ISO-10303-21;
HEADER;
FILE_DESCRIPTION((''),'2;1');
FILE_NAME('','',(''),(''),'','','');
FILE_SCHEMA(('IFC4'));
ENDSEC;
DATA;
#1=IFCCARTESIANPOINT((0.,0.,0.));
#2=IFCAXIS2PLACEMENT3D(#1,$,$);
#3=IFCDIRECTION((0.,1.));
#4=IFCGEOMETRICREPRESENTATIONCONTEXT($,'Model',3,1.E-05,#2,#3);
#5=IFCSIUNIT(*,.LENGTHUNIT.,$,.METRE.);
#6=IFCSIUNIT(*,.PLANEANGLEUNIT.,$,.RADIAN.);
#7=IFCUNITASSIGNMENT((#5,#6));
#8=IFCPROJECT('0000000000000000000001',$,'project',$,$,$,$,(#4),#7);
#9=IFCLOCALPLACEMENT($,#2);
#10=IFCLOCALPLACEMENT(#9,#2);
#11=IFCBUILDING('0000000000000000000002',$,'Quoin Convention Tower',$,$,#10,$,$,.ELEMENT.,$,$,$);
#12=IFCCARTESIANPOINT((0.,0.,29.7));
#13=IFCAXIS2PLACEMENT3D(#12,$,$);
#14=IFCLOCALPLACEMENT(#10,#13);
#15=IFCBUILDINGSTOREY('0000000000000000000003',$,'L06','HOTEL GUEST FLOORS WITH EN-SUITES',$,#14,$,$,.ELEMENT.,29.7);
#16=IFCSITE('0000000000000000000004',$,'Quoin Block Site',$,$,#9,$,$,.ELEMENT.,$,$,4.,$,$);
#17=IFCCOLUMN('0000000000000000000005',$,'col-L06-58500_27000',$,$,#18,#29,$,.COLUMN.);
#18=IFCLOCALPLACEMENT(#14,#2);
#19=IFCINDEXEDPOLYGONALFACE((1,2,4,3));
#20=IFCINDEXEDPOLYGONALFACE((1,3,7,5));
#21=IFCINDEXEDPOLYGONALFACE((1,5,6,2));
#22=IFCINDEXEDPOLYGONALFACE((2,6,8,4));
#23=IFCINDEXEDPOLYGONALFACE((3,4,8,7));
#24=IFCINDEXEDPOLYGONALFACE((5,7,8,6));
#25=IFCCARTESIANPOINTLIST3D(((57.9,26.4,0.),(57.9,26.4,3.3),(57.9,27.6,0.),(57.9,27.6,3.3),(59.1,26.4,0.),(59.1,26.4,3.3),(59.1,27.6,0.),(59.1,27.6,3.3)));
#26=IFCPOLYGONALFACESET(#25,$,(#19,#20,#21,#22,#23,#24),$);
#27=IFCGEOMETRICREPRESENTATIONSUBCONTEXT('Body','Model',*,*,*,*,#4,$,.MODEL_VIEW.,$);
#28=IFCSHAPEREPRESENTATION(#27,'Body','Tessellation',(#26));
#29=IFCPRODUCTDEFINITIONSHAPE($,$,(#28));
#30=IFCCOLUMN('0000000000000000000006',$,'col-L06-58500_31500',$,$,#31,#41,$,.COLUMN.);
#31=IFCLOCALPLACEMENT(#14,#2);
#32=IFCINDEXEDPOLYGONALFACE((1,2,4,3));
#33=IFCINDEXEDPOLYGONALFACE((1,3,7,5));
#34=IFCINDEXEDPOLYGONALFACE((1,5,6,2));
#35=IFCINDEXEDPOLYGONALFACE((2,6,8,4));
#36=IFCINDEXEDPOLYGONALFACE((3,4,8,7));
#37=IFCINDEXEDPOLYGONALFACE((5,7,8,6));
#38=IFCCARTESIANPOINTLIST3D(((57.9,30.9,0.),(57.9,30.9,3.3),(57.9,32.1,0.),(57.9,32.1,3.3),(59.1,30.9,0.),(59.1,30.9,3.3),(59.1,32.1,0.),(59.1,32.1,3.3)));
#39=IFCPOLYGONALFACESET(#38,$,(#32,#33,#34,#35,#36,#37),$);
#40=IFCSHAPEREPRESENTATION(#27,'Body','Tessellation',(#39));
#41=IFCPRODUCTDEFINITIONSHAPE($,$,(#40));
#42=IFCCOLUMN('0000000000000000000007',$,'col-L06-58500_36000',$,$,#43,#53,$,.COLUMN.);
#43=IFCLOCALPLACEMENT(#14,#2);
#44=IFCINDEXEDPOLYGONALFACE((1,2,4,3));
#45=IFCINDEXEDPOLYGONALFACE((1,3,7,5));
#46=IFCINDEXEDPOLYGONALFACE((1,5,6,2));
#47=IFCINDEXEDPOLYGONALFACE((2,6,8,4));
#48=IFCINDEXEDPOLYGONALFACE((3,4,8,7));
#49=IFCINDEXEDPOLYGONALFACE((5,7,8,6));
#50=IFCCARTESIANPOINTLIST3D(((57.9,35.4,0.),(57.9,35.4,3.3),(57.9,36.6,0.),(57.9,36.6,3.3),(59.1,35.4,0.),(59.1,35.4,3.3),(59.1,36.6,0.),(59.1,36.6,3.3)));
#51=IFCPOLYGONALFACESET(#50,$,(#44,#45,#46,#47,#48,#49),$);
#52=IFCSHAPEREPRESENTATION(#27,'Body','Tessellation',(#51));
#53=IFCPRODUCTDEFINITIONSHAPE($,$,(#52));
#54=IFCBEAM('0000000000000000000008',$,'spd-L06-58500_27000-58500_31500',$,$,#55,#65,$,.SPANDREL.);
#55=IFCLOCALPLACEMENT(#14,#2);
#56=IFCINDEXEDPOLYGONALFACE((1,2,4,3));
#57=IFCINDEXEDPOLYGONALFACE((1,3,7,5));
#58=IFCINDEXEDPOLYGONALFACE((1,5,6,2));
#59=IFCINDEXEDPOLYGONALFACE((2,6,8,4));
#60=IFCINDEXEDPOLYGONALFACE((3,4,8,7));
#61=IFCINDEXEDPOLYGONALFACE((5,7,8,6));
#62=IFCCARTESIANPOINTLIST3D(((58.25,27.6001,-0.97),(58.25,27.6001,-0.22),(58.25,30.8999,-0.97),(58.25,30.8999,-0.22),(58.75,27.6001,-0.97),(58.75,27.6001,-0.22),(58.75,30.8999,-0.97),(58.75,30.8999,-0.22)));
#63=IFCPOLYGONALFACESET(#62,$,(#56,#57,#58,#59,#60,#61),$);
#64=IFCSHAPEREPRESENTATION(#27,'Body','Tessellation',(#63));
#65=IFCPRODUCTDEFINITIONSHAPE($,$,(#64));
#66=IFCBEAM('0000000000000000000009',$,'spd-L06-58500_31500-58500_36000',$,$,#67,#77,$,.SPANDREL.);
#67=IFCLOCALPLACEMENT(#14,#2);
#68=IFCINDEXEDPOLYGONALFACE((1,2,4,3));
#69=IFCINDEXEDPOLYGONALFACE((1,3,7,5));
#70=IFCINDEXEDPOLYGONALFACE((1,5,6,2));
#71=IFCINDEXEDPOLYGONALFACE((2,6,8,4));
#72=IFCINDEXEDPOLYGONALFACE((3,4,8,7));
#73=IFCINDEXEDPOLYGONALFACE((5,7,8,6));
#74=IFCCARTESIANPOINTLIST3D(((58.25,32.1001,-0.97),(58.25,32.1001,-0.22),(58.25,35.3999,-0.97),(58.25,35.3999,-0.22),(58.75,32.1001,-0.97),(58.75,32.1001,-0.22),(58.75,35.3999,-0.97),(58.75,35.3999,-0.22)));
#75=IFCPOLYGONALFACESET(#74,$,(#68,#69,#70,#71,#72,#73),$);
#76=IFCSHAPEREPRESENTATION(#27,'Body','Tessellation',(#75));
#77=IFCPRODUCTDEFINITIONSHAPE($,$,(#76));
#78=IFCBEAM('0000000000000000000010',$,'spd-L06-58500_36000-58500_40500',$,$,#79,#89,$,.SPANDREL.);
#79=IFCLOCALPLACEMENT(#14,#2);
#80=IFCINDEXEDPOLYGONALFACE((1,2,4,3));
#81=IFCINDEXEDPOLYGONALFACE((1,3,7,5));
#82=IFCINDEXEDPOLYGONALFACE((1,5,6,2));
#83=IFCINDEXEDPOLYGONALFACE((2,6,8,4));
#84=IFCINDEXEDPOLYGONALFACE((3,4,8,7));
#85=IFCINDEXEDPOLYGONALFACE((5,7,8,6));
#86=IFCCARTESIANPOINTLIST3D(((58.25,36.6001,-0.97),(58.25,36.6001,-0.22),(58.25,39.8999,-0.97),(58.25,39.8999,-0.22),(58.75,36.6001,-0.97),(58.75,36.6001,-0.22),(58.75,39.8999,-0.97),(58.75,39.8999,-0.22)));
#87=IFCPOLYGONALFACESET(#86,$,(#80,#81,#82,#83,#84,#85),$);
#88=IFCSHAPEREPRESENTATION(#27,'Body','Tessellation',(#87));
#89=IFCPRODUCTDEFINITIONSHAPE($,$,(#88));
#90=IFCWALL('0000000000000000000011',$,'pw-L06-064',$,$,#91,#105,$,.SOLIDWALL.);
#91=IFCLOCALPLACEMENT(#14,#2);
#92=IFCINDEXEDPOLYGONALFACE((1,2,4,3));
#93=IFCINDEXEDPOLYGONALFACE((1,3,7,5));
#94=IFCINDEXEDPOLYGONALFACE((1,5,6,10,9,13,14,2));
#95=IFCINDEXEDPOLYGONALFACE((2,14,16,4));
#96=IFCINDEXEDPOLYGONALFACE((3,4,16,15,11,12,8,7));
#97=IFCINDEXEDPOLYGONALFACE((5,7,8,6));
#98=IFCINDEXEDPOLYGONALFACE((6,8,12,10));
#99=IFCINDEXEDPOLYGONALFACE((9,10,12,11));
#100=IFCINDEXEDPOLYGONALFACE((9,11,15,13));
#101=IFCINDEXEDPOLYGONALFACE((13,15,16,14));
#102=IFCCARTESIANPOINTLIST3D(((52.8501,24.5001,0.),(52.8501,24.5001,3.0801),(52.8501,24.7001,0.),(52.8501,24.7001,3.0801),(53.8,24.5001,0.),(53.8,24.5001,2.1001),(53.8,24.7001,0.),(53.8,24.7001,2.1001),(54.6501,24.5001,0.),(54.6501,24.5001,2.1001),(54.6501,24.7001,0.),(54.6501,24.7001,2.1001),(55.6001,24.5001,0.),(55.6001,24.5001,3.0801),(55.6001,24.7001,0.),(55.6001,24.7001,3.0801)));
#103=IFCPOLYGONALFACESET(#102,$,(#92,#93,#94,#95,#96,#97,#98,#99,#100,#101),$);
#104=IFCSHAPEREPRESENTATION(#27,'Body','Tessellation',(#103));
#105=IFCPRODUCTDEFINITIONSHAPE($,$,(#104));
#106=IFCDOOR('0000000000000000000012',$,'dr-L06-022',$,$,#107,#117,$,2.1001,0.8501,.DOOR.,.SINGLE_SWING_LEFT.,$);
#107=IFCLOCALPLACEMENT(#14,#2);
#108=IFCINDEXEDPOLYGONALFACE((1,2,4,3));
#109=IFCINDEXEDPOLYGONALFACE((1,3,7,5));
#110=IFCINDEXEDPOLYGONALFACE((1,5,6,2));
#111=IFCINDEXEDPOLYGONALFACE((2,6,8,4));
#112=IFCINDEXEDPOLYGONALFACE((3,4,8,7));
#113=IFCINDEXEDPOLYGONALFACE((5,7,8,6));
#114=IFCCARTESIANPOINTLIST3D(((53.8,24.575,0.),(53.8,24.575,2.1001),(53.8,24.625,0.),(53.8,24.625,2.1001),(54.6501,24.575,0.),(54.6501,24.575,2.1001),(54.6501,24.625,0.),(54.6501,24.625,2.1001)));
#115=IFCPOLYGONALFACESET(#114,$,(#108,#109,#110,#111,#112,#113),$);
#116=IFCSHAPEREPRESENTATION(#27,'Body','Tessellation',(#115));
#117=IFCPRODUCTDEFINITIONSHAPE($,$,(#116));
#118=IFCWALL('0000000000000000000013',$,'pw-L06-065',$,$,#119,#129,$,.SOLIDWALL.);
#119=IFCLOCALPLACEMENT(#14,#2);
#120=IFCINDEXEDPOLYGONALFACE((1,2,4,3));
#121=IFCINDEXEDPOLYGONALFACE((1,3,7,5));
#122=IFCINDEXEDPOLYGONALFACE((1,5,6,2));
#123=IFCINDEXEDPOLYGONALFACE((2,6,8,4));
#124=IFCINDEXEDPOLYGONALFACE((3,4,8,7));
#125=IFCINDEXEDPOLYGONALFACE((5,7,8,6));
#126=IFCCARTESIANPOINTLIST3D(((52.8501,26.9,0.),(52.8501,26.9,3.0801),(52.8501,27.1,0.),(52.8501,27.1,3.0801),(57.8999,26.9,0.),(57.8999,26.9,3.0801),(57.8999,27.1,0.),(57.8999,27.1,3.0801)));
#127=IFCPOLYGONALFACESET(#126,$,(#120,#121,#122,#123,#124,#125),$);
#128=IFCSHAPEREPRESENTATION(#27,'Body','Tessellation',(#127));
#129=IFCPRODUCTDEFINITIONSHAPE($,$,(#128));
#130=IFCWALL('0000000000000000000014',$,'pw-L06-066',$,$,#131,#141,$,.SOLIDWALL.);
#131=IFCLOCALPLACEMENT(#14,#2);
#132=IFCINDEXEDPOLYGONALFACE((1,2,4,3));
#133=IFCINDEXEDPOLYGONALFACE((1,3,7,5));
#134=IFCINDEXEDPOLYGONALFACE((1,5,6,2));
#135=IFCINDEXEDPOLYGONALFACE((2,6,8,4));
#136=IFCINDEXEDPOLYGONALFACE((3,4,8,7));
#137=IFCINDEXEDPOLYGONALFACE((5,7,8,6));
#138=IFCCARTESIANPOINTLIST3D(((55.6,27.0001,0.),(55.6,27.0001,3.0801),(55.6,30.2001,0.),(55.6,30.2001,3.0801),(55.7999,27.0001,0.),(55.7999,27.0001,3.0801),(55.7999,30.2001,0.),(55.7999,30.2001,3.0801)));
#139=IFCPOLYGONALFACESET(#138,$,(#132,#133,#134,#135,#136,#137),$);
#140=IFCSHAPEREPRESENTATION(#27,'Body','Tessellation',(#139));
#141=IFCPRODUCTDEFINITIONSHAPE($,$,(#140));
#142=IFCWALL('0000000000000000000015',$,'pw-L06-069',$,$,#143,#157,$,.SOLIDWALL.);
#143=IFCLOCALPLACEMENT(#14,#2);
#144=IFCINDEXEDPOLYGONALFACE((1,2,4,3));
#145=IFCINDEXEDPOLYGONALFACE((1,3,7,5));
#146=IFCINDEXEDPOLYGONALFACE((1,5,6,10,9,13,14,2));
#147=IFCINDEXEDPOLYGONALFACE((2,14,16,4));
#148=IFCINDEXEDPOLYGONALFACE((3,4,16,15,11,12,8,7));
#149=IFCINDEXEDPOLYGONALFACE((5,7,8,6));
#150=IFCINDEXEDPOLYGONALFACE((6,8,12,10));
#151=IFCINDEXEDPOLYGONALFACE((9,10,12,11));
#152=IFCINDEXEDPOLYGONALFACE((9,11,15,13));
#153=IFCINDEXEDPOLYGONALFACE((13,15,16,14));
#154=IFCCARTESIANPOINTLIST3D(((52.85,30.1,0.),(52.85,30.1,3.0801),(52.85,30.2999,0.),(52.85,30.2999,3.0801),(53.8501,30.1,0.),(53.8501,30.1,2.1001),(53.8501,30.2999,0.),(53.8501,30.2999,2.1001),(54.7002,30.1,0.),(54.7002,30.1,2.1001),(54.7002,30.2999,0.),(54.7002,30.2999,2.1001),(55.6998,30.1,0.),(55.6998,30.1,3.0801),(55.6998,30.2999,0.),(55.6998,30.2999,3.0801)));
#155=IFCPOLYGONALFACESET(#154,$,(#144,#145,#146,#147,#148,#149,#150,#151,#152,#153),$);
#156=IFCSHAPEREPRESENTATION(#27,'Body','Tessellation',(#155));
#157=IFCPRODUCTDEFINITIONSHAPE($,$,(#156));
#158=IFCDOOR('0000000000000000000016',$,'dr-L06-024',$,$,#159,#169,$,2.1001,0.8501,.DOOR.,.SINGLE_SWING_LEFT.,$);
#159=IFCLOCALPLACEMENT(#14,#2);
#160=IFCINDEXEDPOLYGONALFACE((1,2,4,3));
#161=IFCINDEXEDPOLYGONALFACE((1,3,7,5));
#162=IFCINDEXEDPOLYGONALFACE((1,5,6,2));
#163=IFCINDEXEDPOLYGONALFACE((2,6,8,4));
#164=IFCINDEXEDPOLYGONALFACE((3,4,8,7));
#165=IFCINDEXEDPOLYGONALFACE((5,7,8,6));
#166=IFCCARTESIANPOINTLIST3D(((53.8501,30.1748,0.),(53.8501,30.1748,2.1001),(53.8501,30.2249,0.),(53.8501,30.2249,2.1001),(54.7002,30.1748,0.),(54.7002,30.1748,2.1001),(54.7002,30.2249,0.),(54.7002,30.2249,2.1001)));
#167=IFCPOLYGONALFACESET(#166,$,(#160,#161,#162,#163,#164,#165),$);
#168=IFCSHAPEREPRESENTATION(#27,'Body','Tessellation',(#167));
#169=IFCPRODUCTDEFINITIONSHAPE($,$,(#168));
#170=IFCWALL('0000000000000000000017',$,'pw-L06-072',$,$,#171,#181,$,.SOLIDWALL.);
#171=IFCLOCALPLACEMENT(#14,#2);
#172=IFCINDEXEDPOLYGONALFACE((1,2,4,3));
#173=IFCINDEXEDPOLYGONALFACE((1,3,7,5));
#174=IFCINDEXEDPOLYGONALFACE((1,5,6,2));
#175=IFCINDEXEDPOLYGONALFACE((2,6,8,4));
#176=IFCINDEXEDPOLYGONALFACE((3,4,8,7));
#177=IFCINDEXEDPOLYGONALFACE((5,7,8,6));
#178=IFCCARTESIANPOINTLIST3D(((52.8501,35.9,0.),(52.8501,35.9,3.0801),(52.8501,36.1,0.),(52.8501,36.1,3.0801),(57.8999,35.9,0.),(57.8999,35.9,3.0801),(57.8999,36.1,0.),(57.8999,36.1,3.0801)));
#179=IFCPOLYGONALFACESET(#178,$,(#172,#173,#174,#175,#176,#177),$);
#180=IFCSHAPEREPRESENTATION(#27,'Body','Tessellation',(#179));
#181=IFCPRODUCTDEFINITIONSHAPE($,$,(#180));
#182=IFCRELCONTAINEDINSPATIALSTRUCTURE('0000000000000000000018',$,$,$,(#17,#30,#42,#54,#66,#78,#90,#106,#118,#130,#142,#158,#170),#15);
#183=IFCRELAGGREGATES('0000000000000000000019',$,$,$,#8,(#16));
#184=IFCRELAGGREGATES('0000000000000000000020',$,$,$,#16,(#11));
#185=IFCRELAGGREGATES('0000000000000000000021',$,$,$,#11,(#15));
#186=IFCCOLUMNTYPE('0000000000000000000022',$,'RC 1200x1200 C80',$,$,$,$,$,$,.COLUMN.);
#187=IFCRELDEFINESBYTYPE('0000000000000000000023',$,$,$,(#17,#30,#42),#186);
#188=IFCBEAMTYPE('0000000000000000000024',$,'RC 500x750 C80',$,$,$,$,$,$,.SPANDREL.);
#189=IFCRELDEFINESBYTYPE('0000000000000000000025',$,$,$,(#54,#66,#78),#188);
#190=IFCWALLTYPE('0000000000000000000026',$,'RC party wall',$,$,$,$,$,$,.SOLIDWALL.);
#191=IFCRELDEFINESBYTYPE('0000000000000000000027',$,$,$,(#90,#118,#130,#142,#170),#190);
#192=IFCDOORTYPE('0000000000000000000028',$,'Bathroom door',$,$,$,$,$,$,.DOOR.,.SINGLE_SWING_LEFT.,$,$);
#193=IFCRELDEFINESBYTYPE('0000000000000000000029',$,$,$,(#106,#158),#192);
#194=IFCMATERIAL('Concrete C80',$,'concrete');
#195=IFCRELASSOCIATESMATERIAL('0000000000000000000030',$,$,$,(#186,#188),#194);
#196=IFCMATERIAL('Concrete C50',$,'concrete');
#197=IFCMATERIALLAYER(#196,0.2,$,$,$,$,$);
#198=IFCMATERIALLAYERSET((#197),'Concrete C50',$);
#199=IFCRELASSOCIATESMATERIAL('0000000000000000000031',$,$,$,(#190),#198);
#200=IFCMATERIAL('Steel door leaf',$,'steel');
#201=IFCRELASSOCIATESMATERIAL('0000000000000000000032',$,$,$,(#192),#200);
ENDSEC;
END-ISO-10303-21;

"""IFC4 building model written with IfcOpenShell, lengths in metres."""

from ifc_helpers import new_model, si_unit, direction, frame, frame_2d, origin, origin_2d, place, context, subcontext, project, spatial, rectangle, extrude, material, layer, layer_set, material_profile, profile_set, type_object, element, fill, save


model = new_model("IFC4")

# Units and contexts
model_context = context("Model", 3, precision=1e-05, world=origin(), true_north=direction((0.0, 1.0)))
body_context = subcontext(model_context, "Body", "Model", "MODEL_VIEW")
ifc_project = project(units=[si_unit("LENGTHUNIT", "METRE"), si_unit("PLANEANGLEUNIT", "RADIAN")], contexts=[model_context])

# Site, building, storey
site_placement = place(None, origin())
site = spatial("IfcSite", under=ifc_project, at=site_placement, Name="Quoin Block Site", CompositionType="ELEMENT", RefElevation=4.0)
building_placement = place(site_placement, origin())
building = spatial("IfcBuilding", under=site, at=building_placement, Name="Quoin Convention Tower", CompositionType="ELEMENT")
storey_placement = place(building_placement, frame((0.0, 0.0, 29.7)))
storey = spatial("IfcBuildingStorey", under=building, at=storey_placement, Name="L06", Description="HOTEL GUEST FLOORS WITH EN-SUITES", CompositionType="ELEMENT", Elevation=29.7)

# Columns
ifc_material_1 = material(Name="Concrete C80", Category="concrete")
ifc_material_profile_1 = material_profile(ifc_material_1, rectangle(XDim=1.2, YDim=1.2, at=origin_2d()), Name="RC 1200x1200")
ifc_profile_set_1 = profile_set([ifc_material_profile_1], Name="Concrete C80")
column_type = type_object("IfcColumnType", Name="RC 1200x1200 C80", PredefinedType="COLUMN", material=ifc_profile_set_1)
for number, where, z_axis, x_axis, name in (
    (1, (58.5, 27.0, 0.0), (0.0, 0.0, 1.0), (1.0, 0.0, 0.0), "col-L06-58500_27000"),
    (2, (58.5, 31.5, 0.0), (0.0, 0.0, 1.0), (1.0, 0.0, 0.0), "col-L06-58500_31500"),
    (3, (58.5, 36.0, 0.0), (0.0, 0.0, 1.0), (1.0, 0.0, 0.0), "col-L06-58500_36000"),
):
    element("IfcColumn", number, at=place(storey_placement, frame(where, z_axis=z_axis, x_axis=x_axis)), inside=storey, type_object=column_type, Name=name, PredefinedType="COLUMN", context=body_context, shape_type="SweptSolid", body=[
        extrude(rectangle(XDim=1.2, YDim=1.2, at=origin_2d()), origin(), (0.0, 0.0, 1.0), 3.3),
    ])

# Beams
ifc_material_profile_2 = material_profile(ifc_material_1, rectangle(XDim=0.5, YDim=0.75, at=origin_2d()), Name="RC 500x750")
ifc_profile_set_2 = profile_set([ifc_material_profile_2], Name="Concrete C80")
beam_type = type_object("IfcBeamType", Name="RC 500x750 C80", PredefinedType="SPANDREL", material=ifc_profile_set_2)
for number, where, z_axis, x_axis, name in (
    (4, (58.5, 27.6001, -0.595), (0.0, 1.0, 0.0), (-1.0, 0.0, 0.0), "spd-L06-58500_27000-58500_31500"),
    (5, (58.5, 32.1001, -0.595), (0.0, 1.0, 0.0), (-1.0, 0.0, 0.0), "spd-L06-58500_31500-58500_36000"),
    (6, (58.5, 36.6001, -0.595), (0.0, 1.0, 0.0), (-1.0, 0.0, 0.0), "spd-L06-58500_36000-58500_40500"),
):
    element("IfcBeam", number, at=place(storey_placement, frame(where, z_axis=z_axis, x_axis=x_axis)), inside=storey, type_object=beam_type, Name=name, PredefinedType="SPANDREL", context=body_context, shape_type="SweptSolid", body=[
        extrude(rectangle(XDim=0.5, YDim=0.75, at=origin_2d()), origin(), (0.0, 0.0, 1.0), 3.2998),
    ])

# Wall, opening, door
ifc_material_2 = material(Name="Concrete C50", Category="concrete")
ifc_layer_1 = layer(ifc_material_2, 0.2)
ifc_layer_set_1 = layer_set([ifc_layer_1], Name="Concrete C50")
wall_type_1 = type_object("IfcWallType", Name="RC party wall", PredefinedType="SOLIDWALL", material=ifc_layer_set_1)
wall_1_placement = place(storey_placement, frame((52.8501, 24.6001, 0.0), z_axis=(0.0, 0.0, 1.0), x_axis=(1.0, 0.0, 0.0)))
wall_1 = element("IfcWall", 7, at=wall_1_placement, inside=storey, type_object=wall_type_1, Name="pw-L06-064", PredefinedType="SOLIDWALL", context=body_context, shape_type="SweptSolid", body=[
    extrude(rectangle(XDim=2.75, YDim=0.2, at=frame_2d((1.375, 0.0))), origin(), (0.0, 0.0, 1.0), 3.0801),
])
opening_1_placement = place(wall_1_placement, frame((0.95, 0.0, 0.0)))
opening_1 = element("IfcOpeningElement", 8, at=opening_1_placement, cuts=wall_1, PredefinedType="OPENING", context=body_context, shape_type="SweptSolid", body=[
    extrude(rectangle(XDim=0.8501, YDim=2.1001, at=frame_2d((0.425, 1.05))), frame((0.0, 0.1099, 0.0), z_axis=(0.0, -1.0, 0.0), x_axis=(1.0, 0.0, 0.0)), (0.0, 0.0, 1.0), 0.22),
])
ifc_material_3 = material(Name="Steel door leaf", Category="steel")
door_type = type_object("IfcDoorType", Name="Bathroom door", OperationType="SINGLE_SWING_LEFT", PredefinedType="DOOR", material=ifc_material_3)
door_1_placement = place(opening_1_placement, origin())
door_1 = element("IfcDoor", 9, at=door_1_placement, inside=storey, type_object=door_type, Name="dr-L06-022", OperationType="SINGLE_SWING_LEFT", OverallHeight=2.1001, OverallWidth=0.8501, PredefinedType="DOOR", context=body_context, shape_type="SweptSolid", body=[
    extrude(rectangle(XDim=0.8501, YDim=2.1001, at=frame_2d((0.425, 1.05))), frame((0.0, 0.0249, 0.0), z_axis=(0.0, -1.0, 0.0), x_axis=(1.0, 0.0, 0.0)), (0.0, 0.0, 1.0), 0.05),
])
fill(opening_1, door_1)

# Walls
wall_2_placement = place(storey_placement, frame((52.8501, 27.0, 0.0), z_axis=(0.0, 0.0, 1.0), x_axis=(1.0, 0.0, 0.0)))
element("IfcWall", 10, at=wall_2_placement, inside=storey, type_object=wall_type_1, Name="pw-L06-065", PredefinedType="SOLIDWALL", context=body_context, shape_type="SweptSolid", body=[
    extrude(rectangle(XDim=5.0498, YDim=0.2, at=frame_2d((2.5249, 0.0))), origin(), (0.0, 0.0, 1.0), 3.0801),
])
wall_3_placement = place(storey_placement, frame((55.7, 27.0, 0.0), z_axis=(0.0, 0.0, 1.0), x_axis=(0.0, 1.0, 0.0)))
element("IfcWall", 11, at=wall_3_placement, inside=storey, type_object=wall_type_1, Name="pw-L06-066", PredefinedType="SOLIDWALL", context=body_context, shape_type="SweptSolid", body=[
    extrude(rectangle(XDim=3.2, YDim=0.2, at=frame_2d((1.6001, 0.0))), origin(), (0.0, 0.0, 1.0), 3.0801),
])

# Wall, opening, door
wall_4_placement = place(storey_placement, frame((52.8501, 30.2, 0.0), z_axis=(0.0, 0.0, 1.0), x_axis=(1.0, 0.0, 0.0)))
wall_4 = element("IfcWall", 12, at=wall_4_placement, inside=storey, type_object=wall_type_1, Name="pw-L06-069", PredefinedType="SOLIDWALL", context=body_context, shape_type="SweptSolid", body=[
    extrude(rectangle(XDim=2.8499, YDim=0.2, at=frame_2d((1.4248, 0.0))), origin(), (0.0, 0.0, 1.0), 3.0801),
])
opening_2_placement = place(wall_4_placement, frame((1.0, 0.0, 0.0)))
opening_2 = element("IfcOpeningElement", 13, at=opening_2_placement, cuts=wall_4, PredefinedType="OPENING", context=body_context, shape_type="SweptSolid", body=[
    extrude(rectangle(XDim=0.8501, YDim=2.1001, at=frame_2d((0.425, 1.05))), frame((0.0, 0.1099, 0.0), z_axis=(0.0, -1.0, 0.0), x_axis=(1.0, 0.0, 0.0)), (0.0, 0.0, 1.0), 0.22),
])
door_2_placement = place(opening_2_placement, origin())
door_2 = element("IfcDoor", 14, at=door_2_placement, inside=storey, type_object=door_type, Name="dr-L06-024", OperationType="SINGLE_SWING_LEFT", OverallHeight=2.1001, OverallWidth=0.8501, PredefinedType="DOOR", context=body_context, shape_type="SweptSolid", body=[
    extrude(rectangle(XDim=0.8501, YDim=2.1001, at=frame_2d((0.425, 1.05))), frame((0.0, 0.0249, 0.0), z_axis=(0.0, -1.0, 0.0), x_axis=(1.0, 0.0, 0.0)), (0.0, 0.0, 1.0), 0.05),
])
fill(opening_2, door_2)

# Wall
wall_5_placement = place(storey_placement, frame((52.8501, 36.0, 0.0), z_axis=(0.0, 0.0, 1.0), x_axis=(1.0, 0.0, 0.0)))
element("IfcWall", 15, at=wall_5_placement, inside=storey, type_object=wall_type_1, Name="pw-L06-072", PredefinedType="SOLIDWALL", context=body_context, shape_type="SweptSolid", body=[
    extrude(rectangle(XDim=5.0498, YDim=0.2, at=frame_2d((2.5249, 0.0))), origin(), (0.0, 0.0, 1.0), 3.0801),
])

save(model, "model.ifc")
